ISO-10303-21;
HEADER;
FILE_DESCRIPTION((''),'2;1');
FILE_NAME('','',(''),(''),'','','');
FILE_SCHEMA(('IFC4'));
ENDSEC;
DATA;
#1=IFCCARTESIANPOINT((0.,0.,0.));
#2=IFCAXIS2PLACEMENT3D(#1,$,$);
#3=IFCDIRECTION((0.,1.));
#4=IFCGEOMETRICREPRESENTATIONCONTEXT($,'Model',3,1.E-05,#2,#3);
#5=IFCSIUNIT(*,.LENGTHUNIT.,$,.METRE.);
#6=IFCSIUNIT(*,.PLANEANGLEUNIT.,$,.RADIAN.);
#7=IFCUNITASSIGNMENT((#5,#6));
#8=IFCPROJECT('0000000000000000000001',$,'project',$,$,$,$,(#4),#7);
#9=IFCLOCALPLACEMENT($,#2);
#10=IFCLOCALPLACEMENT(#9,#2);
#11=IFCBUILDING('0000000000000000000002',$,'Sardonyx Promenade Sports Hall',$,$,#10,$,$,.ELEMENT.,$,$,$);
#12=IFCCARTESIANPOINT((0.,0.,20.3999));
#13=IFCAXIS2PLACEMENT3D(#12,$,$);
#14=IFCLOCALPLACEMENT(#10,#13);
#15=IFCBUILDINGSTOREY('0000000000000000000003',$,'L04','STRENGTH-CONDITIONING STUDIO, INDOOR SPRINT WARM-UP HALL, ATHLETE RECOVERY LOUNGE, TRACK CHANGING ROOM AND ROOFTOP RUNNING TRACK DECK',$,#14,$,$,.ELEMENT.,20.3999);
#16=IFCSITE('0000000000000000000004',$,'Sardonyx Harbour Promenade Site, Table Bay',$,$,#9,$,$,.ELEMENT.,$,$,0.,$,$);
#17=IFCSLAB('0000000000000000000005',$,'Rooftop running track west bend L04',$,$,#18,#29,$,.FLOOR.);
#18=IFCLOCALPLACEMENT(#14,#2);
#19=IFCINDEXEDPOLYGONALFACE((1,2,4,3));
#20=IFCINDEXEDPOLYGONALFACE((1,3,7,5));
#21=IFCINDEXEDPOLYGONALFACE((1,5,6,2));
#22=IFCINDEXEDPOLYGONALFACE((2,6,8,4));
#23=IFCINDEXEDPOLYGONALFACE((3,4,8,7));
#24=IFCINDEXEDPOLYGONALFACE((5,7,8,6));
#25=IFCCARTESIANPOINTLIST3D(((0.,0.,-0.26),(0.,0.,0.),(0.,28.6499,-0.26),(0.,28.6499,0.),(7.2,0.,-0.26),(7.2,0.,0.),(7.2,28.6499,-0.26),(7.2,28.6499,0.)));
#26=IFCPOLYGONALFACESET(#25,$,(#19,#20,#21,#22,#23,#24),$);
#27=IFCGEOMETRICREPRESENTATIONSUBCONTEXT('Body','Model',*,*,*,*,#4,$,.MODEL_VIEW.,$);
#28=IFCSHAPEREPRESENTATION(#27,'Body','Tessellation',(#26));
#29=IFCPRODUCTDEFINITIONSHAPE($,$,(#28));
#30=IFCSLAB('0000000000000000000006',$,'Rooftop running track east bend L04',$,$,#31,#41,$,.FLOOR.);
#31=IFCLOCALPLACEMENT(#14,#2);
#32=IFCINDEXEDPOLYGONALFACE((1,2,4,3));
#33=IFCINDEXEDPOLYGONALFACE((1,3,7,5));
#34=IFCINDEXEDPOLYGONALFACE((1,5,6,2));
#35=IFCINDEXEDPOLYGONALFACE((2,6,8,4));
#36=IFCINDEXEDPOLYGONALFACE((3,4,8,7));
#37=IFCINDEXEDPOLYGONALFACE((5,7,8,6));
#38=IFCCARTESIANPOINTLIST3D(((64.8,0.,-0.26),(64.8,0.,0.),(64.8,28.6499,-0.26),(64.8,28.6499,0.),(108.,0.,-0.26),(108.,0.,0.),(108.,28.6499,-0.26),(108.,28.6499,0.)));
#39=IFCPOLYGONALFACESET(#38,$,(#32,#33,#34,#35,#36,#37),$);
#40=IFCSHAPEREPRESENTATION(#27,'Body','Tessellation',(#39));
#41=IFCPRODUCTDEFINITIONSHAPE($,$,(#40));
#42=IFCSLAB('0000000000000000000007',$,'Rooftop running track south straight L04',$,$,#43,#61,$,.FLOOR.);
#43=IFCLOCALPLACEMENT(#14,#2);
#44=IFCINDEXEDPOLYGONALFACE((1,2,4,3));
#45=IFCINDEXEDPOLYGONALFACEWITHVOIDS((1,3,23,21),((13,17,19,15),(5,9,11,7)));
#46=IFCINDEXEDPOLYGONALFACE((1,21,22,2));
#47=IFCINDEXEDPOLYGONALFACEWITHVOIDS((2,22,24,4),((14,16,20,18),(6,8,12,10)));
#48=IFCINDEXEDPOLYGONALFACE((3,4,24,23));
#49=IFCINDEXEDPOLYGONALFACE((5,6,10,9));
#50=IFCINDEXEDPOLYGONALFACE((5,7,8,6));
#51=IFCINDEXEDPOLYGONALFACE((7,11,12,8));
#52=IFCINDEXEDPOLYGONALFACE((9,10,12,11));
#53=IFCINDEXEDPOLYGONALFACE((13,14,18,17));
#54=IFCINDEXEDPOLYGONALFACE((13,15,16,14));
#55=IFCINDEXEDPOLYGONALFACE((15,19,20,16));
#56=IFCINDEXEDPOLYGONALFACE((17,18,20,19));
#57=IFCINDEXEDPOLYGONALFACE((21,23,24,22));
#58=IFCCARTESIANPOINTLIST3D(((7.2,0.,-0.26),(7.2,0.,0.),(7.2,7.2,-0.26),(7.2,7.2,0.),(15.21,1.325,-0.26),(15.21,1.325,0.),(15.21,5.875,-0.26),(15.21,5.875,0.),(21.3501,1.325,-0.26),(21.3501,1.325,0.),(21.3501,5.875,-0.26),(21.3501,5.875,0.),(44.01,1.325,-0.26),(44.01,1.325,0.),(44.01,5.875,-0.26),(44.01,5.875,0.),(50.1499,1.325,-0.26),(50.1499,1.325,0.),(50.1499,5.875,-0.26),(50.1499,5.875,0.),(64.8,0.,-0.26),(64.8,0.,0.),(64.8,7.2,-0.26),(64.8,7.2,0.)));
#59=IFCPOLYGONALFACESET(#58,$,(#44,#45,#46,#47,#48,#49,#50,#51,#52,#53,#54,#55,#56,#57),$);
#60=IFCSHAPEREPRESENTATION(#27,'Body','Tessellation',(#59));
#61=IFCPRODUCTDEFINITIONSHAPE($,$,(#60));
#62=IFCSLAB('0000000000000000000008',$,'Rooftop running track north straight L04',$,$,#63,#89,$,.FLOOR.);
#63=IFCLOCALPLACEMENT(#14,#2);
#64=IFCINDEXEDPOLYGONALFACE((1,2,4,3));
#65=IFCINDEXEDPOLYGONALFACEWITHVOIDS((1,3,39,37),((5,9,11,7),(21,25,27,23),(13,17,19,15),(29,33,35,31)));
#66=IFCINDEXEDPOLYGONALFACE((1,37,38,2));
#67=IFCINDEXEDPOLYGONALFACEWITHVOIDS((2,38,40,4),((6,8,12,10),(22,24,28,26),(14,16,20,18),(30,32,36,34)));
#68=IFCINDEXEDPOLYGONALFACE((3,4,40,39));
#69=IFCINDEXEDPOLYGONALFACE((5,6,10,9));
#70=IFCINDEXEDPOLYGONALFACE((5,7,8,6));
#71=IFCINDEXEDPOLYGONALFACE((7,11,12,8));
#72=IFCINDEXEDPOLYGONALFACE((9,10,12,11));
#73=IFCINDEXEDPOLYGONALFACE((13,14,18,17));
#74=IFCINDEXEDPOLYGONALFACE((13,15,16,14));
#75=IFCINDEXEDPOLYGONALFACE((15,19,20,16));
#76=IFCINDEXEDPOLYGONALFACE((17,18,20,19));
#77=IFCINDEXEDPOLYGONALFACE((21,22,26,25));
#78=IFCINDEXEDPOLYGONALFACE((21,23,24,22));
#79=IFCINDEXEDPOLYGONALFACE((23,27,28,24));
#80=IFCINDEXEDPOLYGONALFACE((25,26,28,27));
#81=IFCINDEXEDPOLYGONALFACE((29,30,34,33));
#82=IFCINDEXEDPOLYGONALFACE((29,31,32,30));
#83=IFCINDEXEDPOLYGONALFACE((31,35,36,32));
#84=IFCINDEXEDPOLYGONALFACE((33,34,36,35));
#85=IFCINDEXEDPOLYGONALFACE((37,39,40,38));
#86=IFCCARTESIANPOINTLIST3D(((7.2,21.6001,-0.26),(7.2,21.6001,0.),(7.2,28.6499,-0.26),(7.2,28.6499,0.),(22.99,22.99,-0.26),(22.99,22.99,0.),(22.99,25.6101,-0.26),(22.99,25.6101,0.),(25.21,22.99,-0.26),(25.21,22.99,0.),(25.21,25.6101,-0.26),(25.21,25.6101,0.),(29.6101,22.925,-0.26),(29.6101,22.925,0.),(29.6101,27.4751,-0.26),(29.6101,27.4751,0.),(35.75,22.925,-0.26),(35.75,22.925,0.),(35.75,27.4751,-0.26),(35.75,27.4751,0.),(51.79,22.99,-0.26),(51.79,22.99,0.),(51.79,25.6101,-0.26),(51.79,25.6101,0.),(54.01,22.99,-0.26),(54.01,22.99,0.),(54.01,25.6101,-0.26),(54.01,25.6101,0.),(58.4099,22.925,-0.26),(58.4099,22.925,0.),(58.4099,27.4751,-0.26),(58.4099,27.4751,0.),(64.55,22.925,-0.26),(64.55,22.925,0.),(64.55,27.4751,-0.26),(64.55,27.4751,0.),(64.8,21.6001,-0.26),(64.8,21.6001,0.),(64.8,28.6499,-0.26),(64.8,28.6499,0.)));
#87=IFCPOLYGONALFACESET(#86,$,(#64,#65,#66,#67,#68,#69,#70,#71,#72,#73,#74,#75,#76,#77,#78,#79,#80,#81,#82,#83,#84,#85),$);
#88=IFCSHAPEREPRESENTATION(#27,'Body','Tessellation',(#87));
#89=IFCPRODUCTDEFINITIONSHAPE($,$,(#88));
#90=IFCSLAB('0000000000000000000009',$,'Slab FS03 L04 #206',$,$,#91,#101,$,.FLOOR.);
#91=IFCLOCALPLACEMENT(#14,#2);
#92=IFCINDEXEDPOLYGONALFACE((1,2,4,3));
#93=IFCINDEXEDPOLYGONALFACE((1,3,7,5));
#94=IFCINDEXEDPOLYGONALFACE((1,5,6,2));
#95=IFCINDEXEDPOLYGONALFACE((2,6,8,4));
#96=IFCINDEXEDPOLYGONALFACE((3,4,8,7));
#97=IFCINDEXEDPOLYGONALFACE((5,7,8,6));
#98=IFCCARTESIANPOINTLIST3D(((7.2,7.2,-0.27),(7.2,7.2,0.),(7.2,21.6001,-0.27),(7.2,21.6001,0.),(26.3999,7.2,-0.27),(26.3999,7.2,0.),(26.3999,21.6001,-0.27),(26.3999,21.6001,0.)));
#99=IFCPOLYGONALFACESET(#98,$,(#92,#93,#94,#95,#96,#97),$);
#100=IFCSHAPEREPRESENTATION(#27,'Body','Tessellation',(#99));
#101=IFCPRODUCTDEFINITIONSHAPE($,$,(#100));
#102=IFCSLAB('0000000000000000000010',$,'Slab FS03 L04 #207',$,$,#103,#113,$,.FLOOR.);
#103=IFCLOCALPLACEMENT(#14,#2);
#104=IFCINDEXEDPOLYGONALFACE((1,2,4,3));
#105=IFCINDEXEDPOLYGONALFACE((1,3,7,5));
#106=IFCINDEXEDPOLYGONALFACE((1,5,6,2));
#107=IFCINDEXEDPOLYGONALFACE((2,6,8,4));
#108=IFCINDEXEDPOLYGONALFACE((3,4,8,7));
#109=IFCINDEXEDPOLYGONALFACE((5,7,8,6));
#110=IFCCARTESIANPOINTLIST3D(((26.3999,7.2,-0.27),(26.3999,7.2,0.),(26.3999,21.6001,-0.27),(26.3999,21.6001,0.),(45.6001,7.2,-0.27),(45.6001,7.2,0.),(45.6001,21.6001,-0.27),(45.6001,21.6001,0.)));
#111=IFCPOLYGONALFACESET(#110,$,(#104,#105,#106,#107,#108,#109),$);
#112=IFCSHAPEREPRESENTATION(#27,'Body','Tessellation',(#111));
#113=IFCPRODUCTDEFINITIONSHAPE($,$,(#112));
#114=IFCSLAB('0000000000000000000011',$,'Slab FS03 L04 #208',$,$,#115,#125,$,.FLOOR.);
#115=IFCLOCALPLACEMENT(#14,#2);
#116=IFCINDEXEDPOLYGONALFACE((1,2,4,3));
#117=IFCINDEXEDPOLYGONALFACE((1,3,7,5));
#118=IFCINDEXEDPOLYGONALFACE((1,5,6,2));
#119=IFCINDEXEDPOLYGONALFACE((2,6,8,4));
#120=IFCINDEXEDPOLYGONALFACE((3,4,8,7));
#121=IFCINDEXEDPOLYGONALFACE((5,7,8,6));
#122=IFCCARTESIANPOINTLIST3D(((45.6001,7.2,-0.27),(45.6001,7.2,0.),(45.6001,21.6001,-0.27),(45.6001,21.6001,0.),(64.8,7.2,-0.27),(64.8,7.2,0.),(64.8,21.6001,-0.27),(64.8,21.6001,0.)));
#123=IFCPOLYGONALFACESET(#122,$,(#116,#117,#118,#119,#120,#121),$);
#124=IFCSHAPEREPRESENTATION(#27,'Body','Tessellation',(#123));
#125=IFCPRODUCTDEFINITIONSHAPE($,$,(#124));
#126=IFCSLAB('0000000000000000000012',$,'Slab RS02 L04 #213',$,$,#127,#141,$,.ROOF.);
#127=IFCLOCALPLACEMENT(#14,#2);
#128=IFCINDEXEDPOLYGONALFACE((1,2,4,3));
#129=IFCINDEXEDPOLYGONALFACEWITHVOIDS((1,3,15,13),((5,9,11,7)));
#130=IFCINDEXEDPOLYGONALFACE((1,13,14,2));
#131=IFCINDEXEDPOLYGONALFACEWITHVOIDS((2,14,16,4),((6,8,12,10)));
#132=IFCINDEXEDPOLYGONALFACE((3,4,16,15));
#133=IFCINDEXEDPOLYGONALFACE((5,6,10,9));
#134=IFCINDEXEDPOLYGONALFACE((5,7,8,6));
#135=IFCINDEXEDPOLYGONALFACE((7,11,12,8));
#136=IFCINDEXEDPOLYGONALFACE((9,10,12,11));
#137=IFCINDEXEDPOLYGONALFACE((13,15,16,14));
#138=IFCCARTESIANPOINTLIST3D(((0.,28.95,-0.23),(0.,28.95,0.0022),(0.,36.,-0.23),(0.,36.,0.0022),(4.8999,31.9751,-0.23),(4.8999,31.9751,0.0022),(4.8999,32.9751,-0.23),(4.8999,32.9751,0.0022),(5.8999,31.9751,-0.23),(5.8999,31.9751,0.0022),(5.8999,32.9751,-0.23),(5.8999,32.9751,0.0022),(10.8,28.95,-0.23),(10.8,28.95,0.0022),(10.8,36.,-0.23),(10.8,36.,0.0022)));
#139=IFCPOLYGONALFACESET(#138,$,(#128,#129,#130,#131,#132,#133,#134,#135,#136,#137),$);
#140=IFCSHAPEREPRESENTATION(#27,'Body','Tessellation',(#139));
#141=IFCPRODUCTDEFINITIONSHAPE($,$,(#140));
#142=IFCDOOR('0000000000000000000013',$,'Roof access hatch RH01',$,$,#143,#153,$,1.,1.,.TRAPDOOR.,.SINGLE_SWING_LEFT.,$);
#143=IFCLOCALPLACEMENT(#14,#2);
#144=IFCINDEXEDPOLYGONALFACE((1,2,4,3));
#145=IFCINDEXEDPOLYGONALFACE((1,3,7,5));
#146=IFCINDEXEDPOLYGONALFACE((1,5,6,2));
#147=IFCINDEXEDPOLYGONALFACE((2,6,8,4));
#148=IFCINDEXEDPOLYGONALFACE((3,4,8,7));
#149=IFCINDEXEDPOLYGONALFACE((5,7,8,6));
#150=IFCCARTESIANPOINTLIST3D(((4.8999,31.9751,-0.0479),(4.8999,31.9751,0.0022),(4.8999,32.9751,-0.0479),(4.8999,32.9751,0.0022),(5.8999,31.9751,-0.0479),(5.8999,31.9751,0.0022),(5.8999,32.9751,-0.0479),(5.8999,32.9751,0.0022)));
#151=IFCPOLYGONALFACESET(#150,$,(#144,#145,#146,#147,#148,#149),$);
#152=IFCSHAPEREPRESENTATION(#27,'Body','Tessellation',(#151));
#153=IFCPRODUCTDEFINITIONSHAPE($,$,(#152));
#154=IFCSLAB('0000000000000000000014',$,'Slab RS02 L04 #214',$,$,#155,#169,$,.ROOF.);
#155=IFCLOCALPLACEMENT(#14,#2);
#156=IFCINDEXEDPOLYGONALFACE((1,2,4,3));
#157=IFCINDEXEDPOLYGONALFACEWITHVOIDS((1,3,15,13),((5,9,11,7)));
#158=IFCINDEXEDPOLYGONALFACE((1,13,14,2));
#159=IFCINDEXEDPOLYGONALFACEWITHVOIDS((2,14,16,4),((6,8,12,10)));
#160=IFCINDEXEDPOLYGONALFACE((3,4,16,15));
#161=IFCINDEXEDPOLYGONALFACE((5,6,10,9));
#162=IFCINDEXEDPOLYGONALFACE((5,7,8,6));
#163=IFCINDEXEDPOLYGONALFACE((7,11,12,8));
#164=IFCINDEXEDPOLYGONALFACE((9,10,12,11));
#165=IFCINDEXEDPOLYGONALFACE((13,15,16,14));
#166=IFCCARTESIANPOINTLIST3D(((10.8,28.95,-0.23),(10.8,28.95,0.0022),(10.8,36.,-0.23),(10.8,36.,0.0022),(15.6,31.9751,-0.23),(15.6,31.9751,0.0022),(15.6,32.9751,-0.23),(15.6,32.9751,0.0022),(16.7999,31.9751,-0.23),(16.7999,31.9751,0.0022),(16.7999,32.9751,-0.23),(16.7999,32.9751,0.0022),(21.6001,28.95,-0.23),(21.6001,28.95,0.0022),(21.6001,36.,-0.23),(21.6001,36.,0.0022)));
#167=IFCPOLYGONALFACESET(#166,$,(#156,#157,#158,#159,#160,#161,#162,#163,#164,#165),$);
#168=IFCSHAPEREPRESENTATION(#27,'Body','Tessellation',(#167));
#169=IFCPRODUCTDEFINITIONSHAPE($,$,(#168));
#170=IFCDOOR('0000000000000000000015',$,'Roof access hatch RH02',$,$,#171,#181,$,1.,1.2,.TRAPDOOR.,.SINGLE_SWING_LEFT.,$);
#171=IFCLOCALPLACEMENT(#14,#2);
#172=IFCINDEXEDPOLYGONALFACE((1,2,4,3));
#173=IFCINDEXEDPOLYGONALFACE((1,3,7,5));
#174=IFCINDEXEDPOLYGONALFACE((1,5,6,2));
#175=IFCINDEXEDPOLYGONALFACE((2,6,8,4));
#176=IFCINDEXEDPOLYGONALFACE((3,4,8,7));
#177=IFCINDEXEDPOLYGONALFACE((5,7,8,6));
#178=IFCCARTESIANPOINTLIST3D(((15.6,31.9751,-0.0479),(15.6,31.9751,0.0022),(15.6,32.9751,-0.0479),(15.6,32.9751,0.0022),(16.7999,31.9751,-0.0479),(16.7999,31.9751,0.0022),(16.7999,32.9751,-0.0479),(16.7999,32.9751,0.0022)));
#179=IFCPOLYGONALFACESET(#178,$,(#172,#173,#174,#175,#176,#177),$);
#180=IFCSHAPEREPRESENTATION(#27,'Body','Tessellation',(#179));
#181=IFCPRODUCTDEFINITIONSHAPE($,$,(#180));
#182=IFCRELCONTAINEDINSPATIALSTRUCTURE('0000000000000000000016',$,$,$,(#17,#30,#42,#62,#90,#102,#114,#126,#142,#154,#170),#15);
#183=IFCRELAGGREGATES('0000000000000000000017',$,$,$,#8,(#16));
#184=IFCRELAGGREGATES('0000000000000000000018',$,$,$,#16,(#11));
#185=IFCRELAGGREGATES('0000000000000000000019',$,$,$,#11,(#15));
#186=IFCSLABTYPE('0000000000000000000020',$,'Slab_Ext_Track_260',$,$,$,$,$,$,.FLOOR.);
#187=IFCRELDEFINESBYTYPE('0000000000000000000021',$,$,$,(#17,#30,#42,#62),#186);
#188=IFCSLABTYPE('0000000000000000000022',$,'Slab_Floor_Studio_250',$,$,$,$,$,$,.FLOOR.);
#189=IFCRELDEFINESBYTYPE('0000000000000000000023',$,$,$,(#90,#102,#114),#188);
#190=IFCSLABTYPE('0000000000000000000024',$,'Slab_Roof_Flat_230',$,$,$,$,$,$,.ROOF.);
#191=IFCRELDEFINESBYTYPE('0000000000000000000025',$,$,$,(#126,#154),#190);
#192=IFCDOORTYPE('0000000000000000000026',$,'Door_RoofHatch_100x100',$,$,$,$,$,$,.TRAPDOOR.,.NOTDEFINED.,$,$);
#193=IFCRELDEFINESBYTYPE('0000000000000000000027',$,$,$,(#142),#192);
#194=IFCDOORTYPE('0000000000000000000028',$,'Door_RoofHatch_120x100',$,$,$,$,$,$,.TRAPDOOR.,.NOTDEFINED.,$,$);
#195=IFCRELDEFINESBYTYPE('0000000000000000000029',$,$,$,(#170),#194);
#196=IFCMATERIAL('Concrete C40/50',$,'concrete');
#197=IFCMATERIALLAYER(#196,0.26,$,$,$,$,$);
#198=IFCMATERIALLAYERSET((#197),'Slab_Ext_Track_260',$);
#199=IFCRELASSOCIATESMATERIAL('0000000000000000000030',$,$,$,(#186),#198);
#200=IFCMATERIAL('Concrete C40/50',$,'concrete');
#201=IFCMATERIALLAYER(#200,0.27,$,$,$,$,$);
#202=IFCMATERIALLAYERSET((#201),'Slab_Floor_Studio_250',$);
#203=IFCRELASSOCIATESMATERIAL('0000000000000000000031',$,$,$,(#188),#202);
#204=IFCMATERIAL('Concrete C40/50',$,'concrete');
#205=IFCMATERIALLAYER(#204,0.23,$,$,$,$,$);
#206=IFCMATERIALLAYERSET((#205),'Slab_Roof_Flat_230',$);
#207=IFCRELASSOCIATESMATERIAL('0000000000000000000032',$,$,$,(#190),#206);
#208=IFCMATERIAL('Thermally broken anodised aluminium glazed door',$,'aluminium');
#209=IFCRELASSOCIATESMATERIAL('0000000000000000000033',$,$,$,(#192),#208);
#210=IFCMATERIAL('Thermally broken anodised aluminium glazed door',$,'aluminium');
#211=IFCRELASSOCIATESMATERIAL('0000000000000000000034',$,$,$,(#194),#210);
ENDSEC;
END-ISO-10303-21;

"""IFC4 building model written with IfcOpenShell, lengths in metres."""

from ifc_helpers import new_model, si_unit, direction, frame, origin, origin_2d, place, context, subcontext, project, spatial, polyline, rectangle, outline, extrude, material, layer, layer_set, type_object, element, fill, save


model = new_model("IFC4")

# Units and contexts
model_context = context("Model", 3, precision=1e-05, world=origin(), true_north=direction((0.0, 1.0)))
body_context = subcontext(model_context, "Body", "Model", "MODEL_VIEW")
ifc_project = project(units=[si_unit("LENGTHUNIT", "METRE"), si_unit("PLANEANGLEUNIT", "RADIAN")], contexts=[model_context])

# Site, building, storey
site_placement = place(None, origin())
site = spatial("IfcSite", under=ifc_project, at=site_placement, Name="Sardonyx Harbour Promenade Site, Table Bay", CompositionType="ELEMENT", RefElevation=0.0)
building_placement = place(site_placement, origin())
building = spatial("IfcBuilding", under=site, at=building_placement, Name="Sardonyx Promenade Sports Hall", CompositionType="ELEMENT")
storey_placement = place(building_placement, frame((0.0, 0.0, 20.3999)))
storey = spatial("IfcBuildingStorey", under=building, at=storey_placement, Name="L04", Description="STRENGTH-CONDITIONING STUDIO, INDOOR SPRINT WARM-UP HALL, ATHLETE RECOVERY LOUNGE, TRACK CHANGING ROOM AND ROOFTOP RUNNING TRACK DECK", CompositionType="ELEMENT", Elevation=20.3999)

# Slabs
ifc_material_1 = material(Name="Concrete C40/50", Category="concrete")
ifc_layer_1 = layer(ifc_material_1, 0.26)
ifc_layer_set_1 = layer_set([ifc_layer_1], Name="Slab_Ext_Track_260")
slab_type_1 = type_object("IfcSlabType", Name="Slab_Ext_Track_260", PredefinedType="FLOOR", material=ifc_layer_set_1)
slab_1_placement = place(storey_placement, frame((0.0, 0.0, -0.26)))
element("IfcSlab", 1, at=slab_1_placement, inside=storey, type_object=slab_type_1, Name="Rooftop running track west bend L04", PredefinedType="FLOOR", context=body_context, shape_type="SweptSolid", body=[
    extrude(outline(polyline([(0.0, 0.0), (7.2, 0.0), (7.2, 28.6499), (0.0, 28.6499), (0.0, 0.0)])), origin(), (0.0, 0.0, 1.0), 0.26),
])
slab_2_placement = place(storey_placement, frame((0.0, 0.0, -0.26)))
element("IfcSlab", 2, at=slab_2_placement, inside=storey, type_object=slab_type_1, Name="Rooftop running track east bend L04", PredefinedType="FLOOR", context=body_context, shape_type="SweptSolid", body=[
    extrude(outline(polyline([(64.8, 0.0), (108.0, 0.0), (108.0, 28.6499), (64.8, 28.6499), (64.8, 0.0)])), origin(), (0.0, 0.0, 1.0), 0.26),
])
slab_3_placement = place(storey_placement, frame((0.0, 0.0, -0.26)))
element("IfcSlab", 3, at=slab_3_placement, inside=storey, type_object=slab_type_1, Name="Rooftop running track south straight L04", PredefinedType="FLOOR", context=body_context, shape_type="SweptSolid", body=[
    extrude(outline(polyline([(7.2, 7.2), (7.2, 0.0), (64.8, 0.0), (64.8, 7.2), (7.2, 7.2)]), holes=[polyline([(44.01, 5.875), (50.1499, 5.875), (50.1499, 1.325), (44.01, 1.325), (44.01, 5.875)]), polyline([(15.21, 1.325), (15.21, 5.875), (21.3501, 5.875), (21.3501, 1.325), (15.21, 1.325)])]), origin(), (0.0, 0.0, 1.0), 0.26),
])
slab_4_placement = place(storey_placement, frame((0.0, 0.0, -0.26)))
element("IfcSlab", 4, at=slab_4_placement, inside=storey, type_object=slab_type_1, Name="Rooftop running track north straight L04", PredefinedType="FLOOR", context=body_context, shape_type="SweptSolid", body=[
    extrude(outline(polyline([(7.2, 28.6499), (7.2, 21.6001), (64.8, 21.6001), (64.8, 28.6499), (7.2, 28.6499)]), holes=[polyline([(58.4099, 27.4751), (64.55, 27.4751), (64.55, 22.925), (58.4099, 22.925), (58.4099, 27.4751)]), polyline([(51.79, 22.99), (51.79, 25.6101), (54.01, 25.6101), (54.01, 22.99), (51.79, 22.99)]), polyline([(29.6101, 27.4751), (35.75, 27.4751), (35.75, 22.925), (29.6101, 22.925), (29.6101, 27.4751)]), polyline([(22.99, 25.6101), (25.21, 25.6101), (25.21, 22.99), (22.99, 22.99), (22.99, 25.6101)])]), origin(), (0.0, 0.0, 1.0), 0.26),
])
ifc_material_2 = material(Name="Concrete C40/50", Category="concrete")
ifc_layer_2 = layer(ifc_material_2, 0.27)
ifc_layer_set_2 = layer_set([ifc_layer_2], Name="Slab_Floor_Studio_250")
slab_type_2 = type_object("IfcSlabType", Name="Slab_Floor_Studio_250", PredefinedType="FLOOR", material=ifc_layer_set_2)
slab_5_placement = place(storey_placement, frame((0.0, 0.0, -0.27)))
element("IfcSlab", 5, at=slab_5_placement, inside=storey, type_object=slab_type_2, Name="Slab FS03 L04 #206", PredefinedType="FLOOR", context=body_context, shape_type="SweptSolid", body=[
    extrude(outline(polyline([(7.2, 7.2), (26.3999, 7.2), (26.3999, 21.6001), (7.2, 21.6001), (7.2, 7.2)])), origin(), (0.0, 0.0, 1.0), 0.27),
])
slab_6_placement = place(storey_placement, frame((0.0, 0.0, -0.27)))
element("IfcSlab", 6, at=slab_6_placement, inside=storey, type_object=slab_type_2, Name="Slab FS03 L04 #207", PredefinedType="FLOOR", context=body_context, shape_type="SweptSolid", body=[
    extrude(outline(polyline([(26.3999, 7.2), (45.6001, 7.2), (45.6001, 21.6001), (26.3999, 21.6001), (26.3999, 7.2)])), origin(), (0.0, 0.0, 1.0), 0.27),
])
slab_7_placement = place(storey_placement, frame((0.0, 0.0, -0.27)))
element("IfcSlab", 7, at=slab_7_placement, inside=storey, type_object=slab_type_2, Name="Slab FS03 L04 #208", PredefinedType="FLOOR", context=body_context, shape_type="SweptSolid", body=[
    extrude(outline(polyline([(45.6001, 7.2), (64.8, 7.2), (64.8, 21.6001), (45.6001, 21.6001), (45.6001, 7.2)])), origin(), (0.0, 0.0, 1.0), 0.27),
])

# Slabs, openings, doors
ifc_material_3 = material(Name="Concrete C40/50", Category="concrete")
ifc_layer_3 = layer(ifc_material_3, 0.23)
ifc_layer_set_3 = layer_set([ifc_layer_3], Name="Slab_Roof_Flat_230")
slab_type_3 = type_object("IfcSlabType", Name="Slab_Roof_Flat_230", PredefinedType="ROOF", material=ifc_layer_set_3)
slab_8_placement = place(storey_placement, frame((0.0, 0.0, -0.23)))
slab_8 = element("IfcSlab", 8, at=slab_8_placement, inside=storey, type_object=slab_type_3, Name="Slab RS02 L04 #213", PredefinedType="ROOF", context=body_context, shape_type="SweptSolid", body=[
    extrude(outline(polyline([(0.0, 28.95), (10.8, 28.95), (10.8, 36.0), (0.0, 36.0), (0.0, 28.95)])), origin(), (0.0, 0.0, 1.0), 0.2322),
])
opening_1_placement = place(slab_8_placement, frame((5.3999, 32.4751, 0.0)))
opening_1 = element("IfcOpeningElement", 9, at=opening_1_placement, cuts=slab_8, PredefinedType="OPENING", context=body_context, shape_type="SweptSolid", body=[
    extrude(rectangle(XDim=1.0, YDim=1.0, at=origin_2d()), origin(), (0.0, 0.0, 1.0), 0.2322),
])
ifc_material_4 = material(Name="Thermally broken anodised aluminium glazed door", Category="aluminium")
door_type_1 = type_object("IfcDoorType", Name="Door_RoofHatch_100x100", OperationType="NOTDEFINED", PredefinedType="TRAPDOOR", material=ifc_material_4)
door_1_placement = place(opening_1_placement, frame((0.0, 0.0, 0.1821)))
door_1 = element("IfcDoor", 10, at=door_1_placement, inside=storey, type_object=door_type_1, Name="Roof access hatch RH01", OperationType="SINGLE_SWING_LEFT", OverallHeight=1.0, OverallWidth=1.0, PredefinedType="TRAPDOOR", context=body_context, shape_type="SweptSolid", body=[
    extrude(rectangle(XDim=1.0, YDim=1.0, at=origin_2d()), origin(), (0.0, 0.0, 1.0), 0.05),
])
fill(opening_1, door_1)
slab_9_placement = place(storey_placement, frame((0.0, 0.0, -0.23)))
slab_9 = element("IfcSlab", 11, at=slab_9_placement, inside=storey, type_object=slab_type_3, Name="Slab RS02 L04 #214", PredefinedType="ROOF", context=body_context, shape_type="SweptSolid", body=[
    extrude(outline(polyline([(10.8, 28.95), (21.6001, 28.95), (21.6001, 36.0), (10.8, 36.0), (10.8, 28.95)])), origin(), (0.0, 0.0, 1.0), 0.2322),
])
opening_2_placement = place(slab_9_placement, frame((16.2, 32.4751, 0.0)))
opening_2 = element("IfcOpeningElement", 12, at=opening_2_placement, cuts=slab_9, PredefinedType="OPENING", context=body_context, shape_type="SweptSolid", body=[
    extrude(rectangle(XDim=1.2, YDim=1.0, at=origin_2d()), origin(), (0.0, 0.0, 1.0), 0.2322),
])
ifc_material_5 = material(Name="Thermally broken anodised aluminium glazed door", Category="aluminium")
door_type_2 = type_object("IfcDoorType", Name="Door_RoofHatch_120x100", OperationType="NOTDEFINED", PredefinedType="TRAPDOOR", material=ifc_material_5)
door_2_placement = place(opening_2_placement, frame((0.0, 0.0, 0.1821)))
door_2 = element("IfcDoor", 13, at=door_2_placement, inside=storey, type_object=door_type_2, Name="Roof access hatch RH02", OperationType="SINGLE_SWING_LEFT", OverallHeight=1.0, OverallWidth=1.2, PredefinedType="TRAPDOOR", context=body_context, shape_type="SweptSolid", body=[
    extrude(rectangle(XDim=1.2, YDim=1.0, at=origin_2d()), origin(), (0.0, 0.0, 1.0), 0.05),
])
fill(opening_2, door_2)

save(model, "model.ifc")
